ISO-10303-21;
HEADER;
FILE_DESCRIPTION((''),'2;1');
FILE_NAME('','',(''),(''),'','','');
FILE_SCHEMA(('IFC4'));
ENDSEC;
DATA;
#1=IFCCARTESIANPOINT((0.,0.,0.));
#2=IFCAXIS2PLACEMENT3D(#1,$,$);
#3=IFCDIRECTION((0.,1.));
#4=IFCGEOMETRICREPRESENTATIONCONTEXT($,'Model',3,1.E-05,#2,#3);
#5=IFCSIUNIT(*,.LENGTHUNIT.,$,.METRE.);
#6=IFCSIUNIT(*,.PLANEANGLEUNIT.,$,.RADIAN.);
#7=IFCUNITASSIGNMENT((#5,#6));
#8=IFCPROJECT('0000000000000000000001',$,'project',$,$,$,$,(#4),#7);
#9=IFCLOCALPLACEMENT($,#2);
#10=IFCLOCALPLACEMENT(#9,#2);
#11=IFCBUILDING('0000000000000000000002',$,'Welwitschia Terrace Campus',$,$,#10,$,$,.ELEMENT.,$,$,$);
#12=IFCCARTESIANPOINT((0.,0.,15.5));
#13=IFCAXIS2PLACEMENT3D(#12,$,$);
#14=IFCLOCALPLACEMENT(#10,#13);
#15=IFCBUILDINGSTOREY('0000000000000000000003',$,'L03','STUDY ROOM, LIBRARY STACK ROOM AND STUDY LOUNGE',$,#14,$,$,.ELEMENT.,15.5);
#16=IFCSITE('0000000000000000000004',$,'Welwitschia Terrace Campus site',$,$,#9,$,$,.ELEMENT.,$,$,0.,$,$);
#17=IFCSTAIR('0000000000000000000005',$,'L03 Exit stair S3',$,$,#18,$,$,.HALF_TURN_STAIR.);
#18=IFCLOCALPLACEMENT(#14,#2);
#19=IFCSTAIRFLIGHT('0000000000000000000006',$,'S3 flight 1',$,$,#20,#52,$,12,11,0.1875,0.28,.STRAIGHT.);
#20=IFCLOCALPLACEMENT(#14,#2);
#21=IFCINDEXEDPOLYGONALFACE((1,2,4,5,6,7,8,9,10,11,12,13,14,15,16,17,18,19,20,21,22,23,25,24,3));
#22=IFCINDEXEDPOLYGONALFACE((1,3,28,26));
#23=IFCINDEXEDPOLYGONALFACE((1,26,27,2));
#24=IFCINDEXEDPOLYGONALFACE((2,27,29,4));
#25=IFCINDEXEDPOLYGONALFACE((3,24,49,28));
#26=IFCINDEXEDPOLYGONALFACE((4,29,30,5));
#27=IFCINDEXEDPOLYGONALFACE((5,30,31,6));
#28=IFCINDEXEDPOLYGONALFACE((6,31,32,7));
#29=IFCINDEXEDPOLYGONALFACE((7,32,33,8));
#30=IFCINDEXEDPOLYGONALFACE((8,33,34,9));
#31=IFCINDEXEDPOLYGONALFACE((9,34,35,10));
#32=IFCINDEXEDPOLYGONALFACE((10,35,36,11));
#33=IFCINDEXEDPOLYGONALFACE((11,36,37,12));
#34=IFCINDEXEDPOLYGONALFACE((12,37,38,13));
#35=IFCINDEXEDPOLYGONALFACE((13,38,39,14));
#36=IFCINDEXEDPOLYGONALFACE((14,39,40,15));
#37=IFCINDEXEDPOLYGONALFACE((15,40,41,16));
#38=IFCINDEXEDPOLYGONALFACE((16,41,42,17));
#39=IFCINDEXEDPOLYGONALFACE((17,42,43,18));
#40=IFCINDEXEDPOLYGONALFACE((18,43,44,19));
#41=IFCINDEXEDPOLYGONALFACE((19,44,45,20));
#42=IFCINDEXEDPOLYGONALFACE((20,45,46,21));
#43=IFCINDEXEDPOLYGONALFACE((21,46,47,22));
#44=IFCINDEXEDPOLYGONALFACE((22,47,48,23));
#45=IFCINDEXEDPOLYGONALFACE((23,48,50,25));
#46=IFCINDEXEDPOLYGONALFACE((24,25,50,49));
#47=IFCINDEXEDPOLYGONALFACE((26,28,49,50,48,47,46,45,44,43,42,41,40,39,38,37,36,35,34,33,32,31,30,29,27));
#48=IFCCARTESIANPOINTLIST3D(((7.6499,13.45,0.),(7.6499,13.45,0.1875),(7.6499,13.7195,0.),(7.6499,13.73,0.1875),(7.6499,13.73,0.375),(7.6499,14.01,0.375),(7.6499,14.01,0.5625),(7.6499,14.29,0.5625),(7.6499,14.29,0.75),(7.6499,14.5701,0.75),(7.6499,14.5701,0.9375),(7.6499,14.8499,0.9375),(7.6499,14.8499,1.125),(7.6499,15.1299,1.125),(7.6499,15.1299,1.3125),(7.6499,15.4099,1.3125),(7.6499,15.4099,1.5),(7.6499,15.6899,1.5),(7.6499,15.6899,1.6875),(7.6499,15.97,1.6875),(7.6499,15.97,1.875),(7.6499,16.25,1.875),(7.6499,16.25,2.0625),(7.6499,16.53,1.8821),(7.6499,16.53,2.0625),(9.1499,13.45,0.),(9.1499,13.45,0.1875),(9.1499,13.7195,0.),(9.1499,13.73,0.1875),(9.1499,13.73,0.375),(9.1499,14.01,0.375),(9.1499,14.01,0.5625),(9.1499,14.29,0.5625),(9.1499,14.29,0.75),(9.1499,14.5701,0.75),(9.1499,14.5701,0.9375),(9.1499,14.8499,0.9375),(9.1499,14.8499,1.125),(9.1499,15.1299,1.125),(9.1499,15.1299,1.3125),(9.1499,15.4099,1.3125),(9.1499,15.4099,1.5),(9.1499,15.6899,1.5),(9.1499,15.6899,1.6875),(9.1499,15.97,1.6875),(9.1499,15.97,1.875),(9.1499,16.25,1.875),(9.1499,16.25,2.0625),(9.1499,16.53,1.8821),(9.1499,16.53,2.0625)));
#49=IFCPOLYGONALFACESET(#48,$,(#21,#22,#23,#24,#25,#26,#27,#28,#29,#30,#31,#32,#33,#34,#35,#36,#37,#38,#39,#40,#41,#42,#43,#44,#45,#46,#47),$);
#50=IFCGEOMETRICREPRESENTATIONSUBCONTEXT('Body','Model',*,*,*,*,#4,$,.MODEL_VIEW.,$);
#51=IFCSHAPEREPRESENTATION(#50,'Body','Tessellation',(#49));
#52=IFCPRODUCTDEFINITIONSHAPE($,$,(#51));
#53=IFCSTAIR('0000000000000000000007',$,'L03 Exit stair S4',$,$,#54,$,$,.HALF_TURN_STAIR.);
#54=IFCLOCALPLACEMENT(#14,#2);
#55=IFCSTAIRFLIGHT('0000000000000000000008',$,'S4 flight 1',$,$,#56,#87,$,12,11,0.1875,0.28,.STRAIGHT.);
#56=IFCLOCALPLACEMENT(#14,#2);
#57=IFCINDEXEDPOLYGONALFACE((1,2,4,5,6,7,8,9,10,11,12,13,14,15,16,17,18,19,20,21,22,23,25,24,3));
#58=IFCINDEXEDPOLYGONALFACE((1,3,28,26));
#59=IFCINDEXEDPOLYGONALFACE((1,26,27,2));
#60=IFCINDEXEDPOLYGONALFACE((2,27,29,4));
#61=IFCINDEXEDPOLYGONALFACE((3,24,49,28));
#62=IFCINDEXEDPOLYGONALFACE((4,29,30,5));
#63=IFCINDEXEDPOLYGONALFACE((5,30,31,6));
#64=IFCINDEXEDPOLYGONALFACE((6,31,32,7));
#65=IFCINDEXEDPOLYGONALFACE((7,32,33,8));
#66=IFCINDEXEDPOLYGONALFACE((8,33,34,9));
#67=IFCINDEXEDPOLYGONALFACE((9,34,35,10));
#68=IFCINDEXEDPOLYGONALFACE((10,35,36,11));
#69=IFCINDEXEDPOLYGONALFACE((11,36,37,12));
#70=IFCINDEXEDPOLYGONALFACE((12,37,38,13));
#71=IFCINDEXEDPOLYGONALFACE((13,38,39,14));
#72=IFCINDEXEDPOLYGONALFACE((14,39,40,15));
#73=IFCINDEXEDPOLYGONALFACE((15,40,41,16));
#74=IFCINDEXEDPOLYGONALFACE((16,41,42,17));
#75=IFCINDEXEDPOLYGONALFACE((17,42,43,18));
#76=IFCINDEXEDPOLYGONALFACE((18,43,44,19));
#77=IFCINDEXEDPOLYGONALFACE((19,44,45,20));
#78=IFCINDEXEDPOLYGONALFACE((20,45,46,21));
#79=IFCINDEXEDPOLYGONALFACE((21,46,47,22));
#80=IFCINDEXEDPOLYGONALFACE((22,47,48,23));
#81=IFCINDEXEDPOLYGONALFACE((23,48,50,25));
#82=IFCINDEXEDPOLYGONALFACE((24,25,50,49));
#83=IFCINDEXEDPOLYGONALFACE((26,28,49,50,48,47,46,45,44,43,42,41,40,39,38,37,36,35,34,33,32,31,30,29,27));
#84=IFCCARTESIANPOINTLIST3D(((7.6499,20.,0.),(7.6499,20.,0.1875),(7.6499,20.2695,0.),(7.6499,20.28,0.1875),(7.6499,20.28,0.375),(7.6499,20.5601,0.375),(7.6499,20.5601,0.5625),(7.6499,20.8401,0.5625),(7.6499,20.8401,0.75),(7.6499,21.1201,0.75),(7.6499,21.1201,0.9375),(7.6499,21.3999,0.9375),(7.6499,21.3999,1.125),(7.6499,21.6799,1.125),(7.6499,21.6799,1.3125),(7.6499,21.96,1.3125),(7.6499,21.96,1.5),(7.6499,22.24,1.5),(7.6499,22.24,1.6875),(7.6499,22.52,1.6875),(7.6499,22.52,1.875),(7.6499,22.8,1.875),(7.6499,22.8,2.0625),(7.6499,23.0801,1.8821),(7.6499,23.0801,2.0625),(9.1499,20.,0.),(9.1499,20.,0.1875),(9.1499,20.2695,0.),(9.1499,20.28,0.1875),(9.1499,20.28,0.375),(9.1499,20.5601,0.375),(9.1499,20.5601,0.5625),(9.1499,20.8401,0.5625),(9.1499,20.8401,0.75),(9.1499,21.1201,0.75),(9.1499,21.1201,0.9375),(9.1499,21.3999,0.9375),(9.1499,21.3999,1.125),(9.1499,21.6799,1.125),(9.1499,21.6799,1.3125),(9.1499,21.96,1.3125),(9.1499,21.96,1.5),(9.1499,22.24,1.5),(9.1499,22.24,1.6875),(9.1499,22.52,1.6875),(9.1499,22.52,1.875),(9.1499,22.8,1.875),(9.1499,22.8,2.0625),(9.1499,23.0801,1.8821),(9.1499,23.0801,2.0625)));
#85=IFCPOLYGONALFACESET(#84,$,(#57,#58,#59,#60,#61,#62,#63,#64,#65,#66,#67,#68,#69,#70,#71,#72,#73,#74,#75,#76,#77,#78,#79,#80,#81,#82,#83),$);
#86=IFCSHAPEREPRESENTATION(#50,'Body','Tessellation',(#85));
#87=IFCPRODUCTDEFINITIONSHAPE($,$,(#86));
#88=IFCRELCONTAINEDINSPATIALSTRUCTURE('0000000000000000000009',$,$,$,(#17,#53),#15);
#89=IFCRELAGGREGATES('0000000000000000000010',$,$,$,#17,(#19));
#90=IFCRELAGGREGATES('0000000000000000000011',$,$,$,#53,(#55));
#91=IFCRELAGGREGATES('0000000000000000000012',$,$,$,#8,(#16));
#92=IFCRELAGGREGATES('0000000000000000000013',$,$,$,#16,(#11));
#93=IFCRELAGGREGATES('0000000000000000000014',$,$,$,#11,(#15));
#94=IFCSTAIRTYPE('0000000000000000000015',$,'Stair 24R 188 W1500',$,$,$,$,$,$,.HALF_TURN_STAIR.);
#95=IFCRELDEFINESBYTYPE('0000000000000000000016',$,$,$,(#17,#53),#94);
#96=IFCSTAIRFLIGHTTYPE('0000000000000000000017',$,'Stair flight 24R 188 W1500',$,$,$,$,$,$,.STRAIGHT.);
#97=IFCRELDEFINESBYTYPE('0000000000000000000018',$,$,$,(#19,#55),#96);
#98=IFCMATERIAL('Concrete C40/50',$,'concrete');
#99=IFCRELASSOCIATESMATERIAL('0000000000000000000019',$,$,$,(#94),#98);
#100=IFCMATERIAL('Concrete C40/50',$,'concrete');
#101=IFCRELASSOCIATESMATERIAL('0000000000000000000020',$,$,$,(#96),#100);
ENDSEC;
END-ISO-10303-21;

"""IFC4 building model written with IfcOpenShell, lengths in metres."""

from ifc_helpers import new_model, si_unit, direction, frame, origin, place, context, subcontext, project, spatial, polyline, outline, extrude, material, type_object, element, aggregate, save


model = new_model("IFC4")

# Units and contexts
model_context = context("Model", 3, precision=1e-05, world=origin(), true_north=direction((0.0, 1.0)))
body_context = subcontext(model_context, "Body", "Model", "MODEL_VIEW")
ifc_project = project(units=[si_unit("LENGTHUNIT", "METRE"), si_unit("PLANEANGLEUNIT", "RADIAN")], contexts=[model_context])

# Site, building, storey
site_placement = place(None, origin())
site = spatial("IfcSite", under=ifc_project, at=site_placement, Name="Welwitschia Terrace Campus site", CompositionType="ELEMENT", RefElevation=0.0)
building_placement = place(site_placement, origin())
building = spatial("IfcBuilding", under=site, at=building_placement, Name="Welwitschia Terrace Campus", CompositionType="ELEMENT")
storey_placement = place(building_placement, frame((0.0, 0.0, 15.5)))
storey = spatial("IfcBuildingStorey", under=building, at=storey_placement, Name="L03", Description="STUDY ROOM, LIBRARY STACK ROOM AND STUDY LOUNGE", CompositionType="ELEMENT", Elevation=15.5)

# Stairs, stair flights
ifc_material_1 = material(Name="Concrete C40/50", Category="concrete")
stair_type = type_object("IfcStairType", Name="Stair 24R 188 W1500", PredefinedType="HALF_TURN_STAIR", material=ifc_material_1)
stair_1_placement = place(storey_placement, origin())
stair_1 = element("IfcStair", 1, at=stair_1_placement, inside=storey, type_object=stair_type, Name="L03 Exit stair S3", PredefinedType="HALF_TURN_STAIR")
ifc_material_2 = material(Name="Concrete C40/50", Category="concrete")
stair_flight_type = type_object("IfcStairFlightType", Name="Stair flight 24R 188 W1500", PredefinedType="STRAIGHT", material=ifc_material_2)
stair_flight_1_placement = place(storey_placement, frame((8.3999, 13.45, 0.0), z_axis=(0.0, 0.0, 1.0), x_axis=(0.0, 1.0, 0.0)))
stair_flight_1 = element("IfcStairFlight", 2, at=stair_flight_1_placement, type_object=stair_flight_type, Name="S3 flight 1", NumberOfRisers=12, NumberOfTreads=11, PredefinedType="STRAIGHT", RiserHeight=0.1875, TreadLength=0.28, context=body_context, shape_type="SweptSolid", body=[
    extrude(outline(polyline([(0.0, 0.0), (0.0, 0.1875), (0.28, 0.1875), (0.28, 0.375), (0.5601, 0.375), (0.5601, 0.5625), (0.8401, 0.5625), (0.8401, 0.75), (1.1201, 0.75), (1.1201, 0.9375), (1.3999, 0.9375), (1.3999, 1.125), (1.6799, 1.125), (1.6799, 1.3125), (1.96, 1.3125), (1.96, 1.5), (2.24, 1.5), (2.24, 1.6875), (2.52, 1.6875), (2.52, 1.875), (2.8, 1.875), (2.8, 2.0625), (3.0801, 2.0625), (3.0801, 2.25), (3.0801, 1.8821), (0.2695, 0.0), (0.0, 0.0)])), frame((0.0, 0.75, 0.0), z_axis=(0.0, -1.0, 0.0), x_axis=(1.0, 0.0, 0.0)), (0.0, 0.0, 1.0), 1.5),
])
aggregate(stair_1, [stair_flight_1])
stair_2_placement = place(storey_placement, origin())
stair_2 = element("IfcStair", 3, at=stair_2_placement, inside=storey, type_object=stair_type, Name="L03 Exit stair S4", PredefinedType="HALF_TURN_STAIR")
stair_flight_2_placement = place(storey_placement, frame((8.3999, 20.0, 0.0), z_axis=(0.0, 0.0, 1.0), x_axis=(0.0, 1.0, 0.0)))
stair_flight_2 = element("IfcStairFlight", 4, at=stair_flight_2_placement, type_object=stair_flight_type, Name="S4 flight 1", NumberOfRisers=12, NumberOfTreads=11, PredefinedType="STRAIGHT", RiserHeight=0.1875, TreadLength=0.28, context=body_context, shape_type="SweptSolid", body=[
    extrude(outline(polyline([(0.0, 0.0), (0.0, 0.1875), (0.28, 0.1875), (0.28, 0.375), (0.5601, 0.375), (0.5601, 0.5625), (0.8401, 0.5625), (0.8401, 0.75), (1.1201, 0.75), (1.1201, 0.9375), (1.3999, 0.9375), (1.3999, 1.125), (1.6799, 1.125), (1.6799, 1.3125), (1.96, 1.3125), (1.96, 1.5), (2.24, 1.5), (2.24, 1.6875), (2.52, 1.6875), (2.52, 1.875), (2.8, 1.875), (2.8, 2.0625), (3.0801, 2.0625), (3.0801, 2.25), (3.0801, 1.8821), (0.2695, 0.0), (0.0, 0.0)])), frame((0.0, 0.75, 0.0), z_axis=(0.0, -1.0, 0.0), x_axis=(1.0, 0.0, 0.0)), (0.0, 0.0, 1.0), 1.5),
])
aggregate(stair_2, [stair_flight_2])

save(model, "model.ifc")
